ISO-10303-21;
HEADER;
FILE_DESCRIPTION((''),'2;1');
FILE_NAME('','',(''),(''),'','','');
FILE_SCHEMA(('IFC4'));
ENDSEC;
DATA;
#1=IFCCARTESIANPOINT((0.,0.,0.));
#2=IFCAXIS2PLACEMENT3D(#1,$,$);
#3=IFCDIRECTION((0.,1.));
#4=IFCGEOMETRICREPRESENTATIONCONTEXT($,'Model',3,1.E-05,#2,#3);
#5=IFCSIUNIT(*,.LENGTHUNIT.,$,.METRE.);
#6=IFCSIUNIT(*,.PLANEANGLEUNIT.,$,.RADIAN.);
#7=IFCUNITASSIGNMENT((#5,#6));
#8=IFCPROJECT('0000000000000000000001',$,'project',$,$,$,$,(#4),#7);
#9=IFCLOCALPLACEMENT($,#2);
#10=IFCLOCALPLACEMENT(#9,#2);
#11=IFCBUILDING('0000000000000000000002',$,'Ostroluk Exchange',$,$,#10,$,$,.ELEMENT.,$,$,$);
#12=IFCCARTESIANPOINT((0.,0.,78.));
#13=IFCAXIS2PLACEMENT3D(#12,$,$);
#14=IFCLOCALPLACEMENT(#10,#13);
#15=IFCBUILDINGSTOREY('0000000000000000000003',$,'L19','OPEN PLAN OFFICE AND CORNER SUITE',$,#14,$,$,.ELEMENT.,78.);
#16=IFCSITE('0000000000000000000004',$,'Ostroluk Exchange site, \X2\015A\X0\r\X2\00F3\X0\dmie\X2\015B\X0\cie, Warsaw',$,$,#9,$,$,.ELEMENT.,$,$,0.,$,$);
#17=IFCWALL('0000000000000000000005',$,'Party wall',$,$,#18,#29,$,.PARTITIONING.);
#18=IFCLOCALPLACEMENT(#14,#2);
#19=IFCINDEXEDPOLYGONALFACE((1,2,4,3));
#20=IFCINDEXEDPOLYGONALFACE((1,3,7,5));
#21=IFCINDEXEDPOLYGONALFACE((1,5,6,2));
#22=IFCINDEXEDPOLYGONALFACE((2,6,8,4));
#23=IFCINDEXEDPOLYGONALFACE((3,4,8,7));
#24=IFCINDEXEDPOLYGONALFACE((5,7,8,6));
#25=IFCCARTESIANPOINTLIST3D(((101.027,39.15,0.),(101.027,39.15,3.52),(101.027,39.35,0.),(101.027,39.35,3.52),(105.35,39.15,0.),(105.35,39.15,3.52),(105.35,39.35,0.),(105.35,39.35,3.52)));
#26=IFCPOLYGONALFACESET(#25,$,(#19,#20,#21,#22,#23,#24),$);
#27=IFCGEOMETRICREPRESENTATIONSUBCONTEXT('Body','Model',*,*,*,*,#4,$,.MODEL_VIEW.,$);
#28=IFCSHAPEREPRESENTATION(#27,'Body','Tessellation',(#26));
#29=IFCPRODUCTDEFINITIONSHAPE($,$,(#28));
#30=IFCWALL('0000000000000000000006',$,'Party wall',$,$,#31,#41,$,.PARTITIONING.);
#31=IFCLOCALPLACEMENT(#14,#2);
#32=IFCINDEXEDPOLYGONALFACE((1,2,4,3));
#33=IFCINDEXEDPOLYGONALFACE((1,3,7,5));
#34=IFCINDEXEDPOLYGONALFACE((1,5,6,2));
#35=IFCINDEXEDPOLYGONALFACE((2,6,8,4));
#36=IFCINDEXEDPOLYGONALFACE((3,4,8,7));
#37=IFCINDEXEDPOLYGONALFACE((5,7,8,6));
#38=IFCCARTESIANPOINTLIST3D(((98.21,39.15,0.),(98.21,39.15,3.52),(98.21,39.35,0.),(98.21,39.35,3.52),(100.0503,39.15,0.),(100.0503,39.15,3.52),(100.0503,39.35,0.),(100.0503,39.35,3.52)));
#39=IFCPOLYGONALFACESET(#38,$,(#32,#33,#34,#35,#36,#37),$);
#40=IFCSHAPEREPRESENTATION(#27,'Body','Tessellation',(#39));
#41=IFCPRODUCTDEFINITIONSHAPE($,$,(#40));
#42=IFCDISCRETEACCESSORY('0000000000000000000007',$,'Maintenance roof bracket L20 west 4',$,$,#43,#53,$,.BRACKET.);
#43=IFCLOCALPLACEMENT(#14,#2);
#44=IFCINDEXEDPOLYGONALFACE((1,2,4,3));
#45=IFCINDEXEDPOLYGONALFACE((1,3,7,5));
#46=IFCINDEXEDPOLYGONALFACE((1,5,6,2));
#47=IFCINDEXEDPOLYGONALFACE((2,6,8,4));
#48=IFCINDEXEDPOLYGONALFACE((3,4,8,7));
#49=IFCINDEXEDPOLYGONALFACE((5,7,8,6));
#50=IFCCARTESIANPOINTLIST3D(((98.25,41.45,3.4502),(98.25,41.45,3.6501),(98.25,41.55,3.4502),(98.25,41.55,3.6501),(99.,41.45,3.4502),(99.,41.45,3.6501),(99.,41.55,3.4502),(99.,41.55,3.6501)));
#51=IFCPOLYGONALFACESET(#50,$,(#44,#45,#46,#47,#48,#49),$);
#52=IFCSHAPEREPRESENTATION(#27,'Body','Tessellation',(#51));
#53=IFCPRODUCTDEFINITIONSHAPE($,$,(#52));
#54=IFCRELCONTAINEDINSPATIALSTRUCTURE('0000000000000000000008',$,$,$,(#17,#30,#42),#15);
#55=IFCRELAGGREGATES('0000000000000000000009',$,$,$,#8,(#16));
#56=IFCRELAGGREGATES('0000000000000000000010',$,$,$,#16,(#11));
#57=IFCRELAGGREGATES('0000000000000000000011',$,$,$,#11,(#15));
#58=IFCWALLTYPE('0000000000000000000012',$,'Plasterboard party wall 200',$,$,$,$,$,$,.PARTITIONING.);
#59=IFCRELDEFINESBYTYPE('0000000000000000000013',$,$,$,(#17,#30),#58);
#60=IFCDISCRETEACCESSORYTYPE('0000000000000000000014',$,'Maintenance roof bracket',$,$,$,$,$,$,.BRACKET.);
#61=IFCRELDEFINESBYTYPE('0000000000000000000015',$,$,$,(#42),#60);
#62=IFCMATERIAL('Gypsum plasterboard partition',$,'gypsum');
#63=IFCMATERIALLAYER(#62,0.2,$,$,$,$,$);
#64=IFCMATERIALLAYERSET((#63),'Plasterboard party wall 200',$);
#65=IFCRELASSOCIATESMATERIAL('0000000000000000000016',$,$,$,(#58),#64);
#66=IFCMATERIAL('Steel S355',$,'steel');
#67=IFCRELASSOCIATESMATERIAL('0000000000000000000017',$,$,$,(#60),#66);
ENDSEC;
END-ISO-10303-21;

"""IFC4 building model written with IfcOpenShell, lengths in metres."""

from ifc_helpers import new_model, si_unit, direction, frame, frame_2d, origin, origin_2d, place, context, subcontext, project, spatial, rectangle, extrude, material, layer, layer_set, type_object, element, save


model = new_model("IFC4")

# Units and contexts
model_context = context("Model", 3, precision=1e-05, world=origin(), true_north=direction((0.0, 1.0)))
body_context = subcontext(model_context, "Body", "Model", "MODEL_VIEW")
ifc_project = project(units=[si_unit("LENGTHUNIT", "METRE"), si_unit("PLANEANGLEUNIT", "RADIAN")], contexts=[model_context])

# Site, building, storey
site_placement = place(None, origin())
site = spatial("IfcSite", under=ifc_project, at=site_placement, Name="Ostroluk Exchange site, Śródmieście, Warsaw", CompositionType="ELEMENT", RefElevation=0.0)
building_placement = place(site_placement, origin())
building = spatial("IfcBuilding", under=site, at=building_placement, Name="Ostroluk Exchange", CompositionType="ELEMENT")
storey_placement = place(building_placement, frame((0.0, 0.0, 78.0)))
storey = spatial("IfcBuildingStorey", under=building, at=storey_placement, Name="L19", Description="OPEN PLAN OFFICE AND CORNER SUITE", CompositionType="ELEMENT", Elevation=78.0)

# Walls
ifc_material_1 = material(Name="Gypsum plasterboard partition", Category="gypsum")
ifc_layer_1 = layer(ifc_material_1, 0.2)
ifc_layer_set_1 = layer_set([ifc_layer_1], Name="Plasterboard party wall 200")
wall_type_1 = type_object("IfcWallType", Name="Plasterboard party wall 200", PredefinedType="PARTITIONING", material=ifc_layer_set_1)
wall_1_placement = place(storey_placement, frame((105.3501, 39.25, 0.0), z_axis=(0.0, 0.0, 1.0), x_axis=(-1.0, 0.0, 0.0)))
element("IfcWall", 1, at=wall_1_placement, inside=storey, type_object=wall_type_1, Name="Party wall", PredefinedType="PARTITIONING", context=body_context, shape_type="SweptSolid", body=[
    extrude(rectangle(XDim=4.323, YDim=0.2, at=frame_2d((2.1616, 0.0))), origin(), (0.0, 0.0, 1.0), 3.52),
])
wall_2_placement = place(storey_placement, frame((100.0503, 39.25, 0.0), z_axis=(0.0, 0.0, 1.0), x_axis=(-1.0, 0.0, 0.0)))
element("IfcWall", 2, at=wall_2_placement, inside=storey, type_object=wall_type_1, Name="Party wall", PredefinedType="PARTITIONING", context=body_context, shape_type="SweptSolid", body=[
    extrude(rectangle(XDim=1.8403, YDim=0.2, at=frame_2d((0.9202, 0.0))), origin(), (0.0, 0.0, 1.0), 3.52),
])

# Discrete accessory
ifc_material_2 = material(Name="Steel S355", Category="steel")
discrete_accessory_type = type_object("IfcDiscreteAccessoryType", Name="Maintenance roof bracket", PredefinedType="BRACKET", material=ifc_material_2)
discrete_accessory_placement = place(storey_placement, frame((98.625, 41.5, 3.4502), z_axis=(0.0, 0.0, 1.0), x_axis=(1.0, 0.0, 0.0)))
element("IfcDiscreteAccessory", 3, at=discrete_accessory_placement, inside=storey, type_object=discrete_accessory_type, Name="Maintenance roof bracket L20 west 4", PredefinedType="BRACKET", context=body_context, shape_type="SweptSolid", body=[
    extrude(rectangle(XDim=0.75, YDim=0.1001, at=origin_2d()), origin(), (0.0, 0.0, 1.0), 0.2),
])

save(model, "model.ifc")
